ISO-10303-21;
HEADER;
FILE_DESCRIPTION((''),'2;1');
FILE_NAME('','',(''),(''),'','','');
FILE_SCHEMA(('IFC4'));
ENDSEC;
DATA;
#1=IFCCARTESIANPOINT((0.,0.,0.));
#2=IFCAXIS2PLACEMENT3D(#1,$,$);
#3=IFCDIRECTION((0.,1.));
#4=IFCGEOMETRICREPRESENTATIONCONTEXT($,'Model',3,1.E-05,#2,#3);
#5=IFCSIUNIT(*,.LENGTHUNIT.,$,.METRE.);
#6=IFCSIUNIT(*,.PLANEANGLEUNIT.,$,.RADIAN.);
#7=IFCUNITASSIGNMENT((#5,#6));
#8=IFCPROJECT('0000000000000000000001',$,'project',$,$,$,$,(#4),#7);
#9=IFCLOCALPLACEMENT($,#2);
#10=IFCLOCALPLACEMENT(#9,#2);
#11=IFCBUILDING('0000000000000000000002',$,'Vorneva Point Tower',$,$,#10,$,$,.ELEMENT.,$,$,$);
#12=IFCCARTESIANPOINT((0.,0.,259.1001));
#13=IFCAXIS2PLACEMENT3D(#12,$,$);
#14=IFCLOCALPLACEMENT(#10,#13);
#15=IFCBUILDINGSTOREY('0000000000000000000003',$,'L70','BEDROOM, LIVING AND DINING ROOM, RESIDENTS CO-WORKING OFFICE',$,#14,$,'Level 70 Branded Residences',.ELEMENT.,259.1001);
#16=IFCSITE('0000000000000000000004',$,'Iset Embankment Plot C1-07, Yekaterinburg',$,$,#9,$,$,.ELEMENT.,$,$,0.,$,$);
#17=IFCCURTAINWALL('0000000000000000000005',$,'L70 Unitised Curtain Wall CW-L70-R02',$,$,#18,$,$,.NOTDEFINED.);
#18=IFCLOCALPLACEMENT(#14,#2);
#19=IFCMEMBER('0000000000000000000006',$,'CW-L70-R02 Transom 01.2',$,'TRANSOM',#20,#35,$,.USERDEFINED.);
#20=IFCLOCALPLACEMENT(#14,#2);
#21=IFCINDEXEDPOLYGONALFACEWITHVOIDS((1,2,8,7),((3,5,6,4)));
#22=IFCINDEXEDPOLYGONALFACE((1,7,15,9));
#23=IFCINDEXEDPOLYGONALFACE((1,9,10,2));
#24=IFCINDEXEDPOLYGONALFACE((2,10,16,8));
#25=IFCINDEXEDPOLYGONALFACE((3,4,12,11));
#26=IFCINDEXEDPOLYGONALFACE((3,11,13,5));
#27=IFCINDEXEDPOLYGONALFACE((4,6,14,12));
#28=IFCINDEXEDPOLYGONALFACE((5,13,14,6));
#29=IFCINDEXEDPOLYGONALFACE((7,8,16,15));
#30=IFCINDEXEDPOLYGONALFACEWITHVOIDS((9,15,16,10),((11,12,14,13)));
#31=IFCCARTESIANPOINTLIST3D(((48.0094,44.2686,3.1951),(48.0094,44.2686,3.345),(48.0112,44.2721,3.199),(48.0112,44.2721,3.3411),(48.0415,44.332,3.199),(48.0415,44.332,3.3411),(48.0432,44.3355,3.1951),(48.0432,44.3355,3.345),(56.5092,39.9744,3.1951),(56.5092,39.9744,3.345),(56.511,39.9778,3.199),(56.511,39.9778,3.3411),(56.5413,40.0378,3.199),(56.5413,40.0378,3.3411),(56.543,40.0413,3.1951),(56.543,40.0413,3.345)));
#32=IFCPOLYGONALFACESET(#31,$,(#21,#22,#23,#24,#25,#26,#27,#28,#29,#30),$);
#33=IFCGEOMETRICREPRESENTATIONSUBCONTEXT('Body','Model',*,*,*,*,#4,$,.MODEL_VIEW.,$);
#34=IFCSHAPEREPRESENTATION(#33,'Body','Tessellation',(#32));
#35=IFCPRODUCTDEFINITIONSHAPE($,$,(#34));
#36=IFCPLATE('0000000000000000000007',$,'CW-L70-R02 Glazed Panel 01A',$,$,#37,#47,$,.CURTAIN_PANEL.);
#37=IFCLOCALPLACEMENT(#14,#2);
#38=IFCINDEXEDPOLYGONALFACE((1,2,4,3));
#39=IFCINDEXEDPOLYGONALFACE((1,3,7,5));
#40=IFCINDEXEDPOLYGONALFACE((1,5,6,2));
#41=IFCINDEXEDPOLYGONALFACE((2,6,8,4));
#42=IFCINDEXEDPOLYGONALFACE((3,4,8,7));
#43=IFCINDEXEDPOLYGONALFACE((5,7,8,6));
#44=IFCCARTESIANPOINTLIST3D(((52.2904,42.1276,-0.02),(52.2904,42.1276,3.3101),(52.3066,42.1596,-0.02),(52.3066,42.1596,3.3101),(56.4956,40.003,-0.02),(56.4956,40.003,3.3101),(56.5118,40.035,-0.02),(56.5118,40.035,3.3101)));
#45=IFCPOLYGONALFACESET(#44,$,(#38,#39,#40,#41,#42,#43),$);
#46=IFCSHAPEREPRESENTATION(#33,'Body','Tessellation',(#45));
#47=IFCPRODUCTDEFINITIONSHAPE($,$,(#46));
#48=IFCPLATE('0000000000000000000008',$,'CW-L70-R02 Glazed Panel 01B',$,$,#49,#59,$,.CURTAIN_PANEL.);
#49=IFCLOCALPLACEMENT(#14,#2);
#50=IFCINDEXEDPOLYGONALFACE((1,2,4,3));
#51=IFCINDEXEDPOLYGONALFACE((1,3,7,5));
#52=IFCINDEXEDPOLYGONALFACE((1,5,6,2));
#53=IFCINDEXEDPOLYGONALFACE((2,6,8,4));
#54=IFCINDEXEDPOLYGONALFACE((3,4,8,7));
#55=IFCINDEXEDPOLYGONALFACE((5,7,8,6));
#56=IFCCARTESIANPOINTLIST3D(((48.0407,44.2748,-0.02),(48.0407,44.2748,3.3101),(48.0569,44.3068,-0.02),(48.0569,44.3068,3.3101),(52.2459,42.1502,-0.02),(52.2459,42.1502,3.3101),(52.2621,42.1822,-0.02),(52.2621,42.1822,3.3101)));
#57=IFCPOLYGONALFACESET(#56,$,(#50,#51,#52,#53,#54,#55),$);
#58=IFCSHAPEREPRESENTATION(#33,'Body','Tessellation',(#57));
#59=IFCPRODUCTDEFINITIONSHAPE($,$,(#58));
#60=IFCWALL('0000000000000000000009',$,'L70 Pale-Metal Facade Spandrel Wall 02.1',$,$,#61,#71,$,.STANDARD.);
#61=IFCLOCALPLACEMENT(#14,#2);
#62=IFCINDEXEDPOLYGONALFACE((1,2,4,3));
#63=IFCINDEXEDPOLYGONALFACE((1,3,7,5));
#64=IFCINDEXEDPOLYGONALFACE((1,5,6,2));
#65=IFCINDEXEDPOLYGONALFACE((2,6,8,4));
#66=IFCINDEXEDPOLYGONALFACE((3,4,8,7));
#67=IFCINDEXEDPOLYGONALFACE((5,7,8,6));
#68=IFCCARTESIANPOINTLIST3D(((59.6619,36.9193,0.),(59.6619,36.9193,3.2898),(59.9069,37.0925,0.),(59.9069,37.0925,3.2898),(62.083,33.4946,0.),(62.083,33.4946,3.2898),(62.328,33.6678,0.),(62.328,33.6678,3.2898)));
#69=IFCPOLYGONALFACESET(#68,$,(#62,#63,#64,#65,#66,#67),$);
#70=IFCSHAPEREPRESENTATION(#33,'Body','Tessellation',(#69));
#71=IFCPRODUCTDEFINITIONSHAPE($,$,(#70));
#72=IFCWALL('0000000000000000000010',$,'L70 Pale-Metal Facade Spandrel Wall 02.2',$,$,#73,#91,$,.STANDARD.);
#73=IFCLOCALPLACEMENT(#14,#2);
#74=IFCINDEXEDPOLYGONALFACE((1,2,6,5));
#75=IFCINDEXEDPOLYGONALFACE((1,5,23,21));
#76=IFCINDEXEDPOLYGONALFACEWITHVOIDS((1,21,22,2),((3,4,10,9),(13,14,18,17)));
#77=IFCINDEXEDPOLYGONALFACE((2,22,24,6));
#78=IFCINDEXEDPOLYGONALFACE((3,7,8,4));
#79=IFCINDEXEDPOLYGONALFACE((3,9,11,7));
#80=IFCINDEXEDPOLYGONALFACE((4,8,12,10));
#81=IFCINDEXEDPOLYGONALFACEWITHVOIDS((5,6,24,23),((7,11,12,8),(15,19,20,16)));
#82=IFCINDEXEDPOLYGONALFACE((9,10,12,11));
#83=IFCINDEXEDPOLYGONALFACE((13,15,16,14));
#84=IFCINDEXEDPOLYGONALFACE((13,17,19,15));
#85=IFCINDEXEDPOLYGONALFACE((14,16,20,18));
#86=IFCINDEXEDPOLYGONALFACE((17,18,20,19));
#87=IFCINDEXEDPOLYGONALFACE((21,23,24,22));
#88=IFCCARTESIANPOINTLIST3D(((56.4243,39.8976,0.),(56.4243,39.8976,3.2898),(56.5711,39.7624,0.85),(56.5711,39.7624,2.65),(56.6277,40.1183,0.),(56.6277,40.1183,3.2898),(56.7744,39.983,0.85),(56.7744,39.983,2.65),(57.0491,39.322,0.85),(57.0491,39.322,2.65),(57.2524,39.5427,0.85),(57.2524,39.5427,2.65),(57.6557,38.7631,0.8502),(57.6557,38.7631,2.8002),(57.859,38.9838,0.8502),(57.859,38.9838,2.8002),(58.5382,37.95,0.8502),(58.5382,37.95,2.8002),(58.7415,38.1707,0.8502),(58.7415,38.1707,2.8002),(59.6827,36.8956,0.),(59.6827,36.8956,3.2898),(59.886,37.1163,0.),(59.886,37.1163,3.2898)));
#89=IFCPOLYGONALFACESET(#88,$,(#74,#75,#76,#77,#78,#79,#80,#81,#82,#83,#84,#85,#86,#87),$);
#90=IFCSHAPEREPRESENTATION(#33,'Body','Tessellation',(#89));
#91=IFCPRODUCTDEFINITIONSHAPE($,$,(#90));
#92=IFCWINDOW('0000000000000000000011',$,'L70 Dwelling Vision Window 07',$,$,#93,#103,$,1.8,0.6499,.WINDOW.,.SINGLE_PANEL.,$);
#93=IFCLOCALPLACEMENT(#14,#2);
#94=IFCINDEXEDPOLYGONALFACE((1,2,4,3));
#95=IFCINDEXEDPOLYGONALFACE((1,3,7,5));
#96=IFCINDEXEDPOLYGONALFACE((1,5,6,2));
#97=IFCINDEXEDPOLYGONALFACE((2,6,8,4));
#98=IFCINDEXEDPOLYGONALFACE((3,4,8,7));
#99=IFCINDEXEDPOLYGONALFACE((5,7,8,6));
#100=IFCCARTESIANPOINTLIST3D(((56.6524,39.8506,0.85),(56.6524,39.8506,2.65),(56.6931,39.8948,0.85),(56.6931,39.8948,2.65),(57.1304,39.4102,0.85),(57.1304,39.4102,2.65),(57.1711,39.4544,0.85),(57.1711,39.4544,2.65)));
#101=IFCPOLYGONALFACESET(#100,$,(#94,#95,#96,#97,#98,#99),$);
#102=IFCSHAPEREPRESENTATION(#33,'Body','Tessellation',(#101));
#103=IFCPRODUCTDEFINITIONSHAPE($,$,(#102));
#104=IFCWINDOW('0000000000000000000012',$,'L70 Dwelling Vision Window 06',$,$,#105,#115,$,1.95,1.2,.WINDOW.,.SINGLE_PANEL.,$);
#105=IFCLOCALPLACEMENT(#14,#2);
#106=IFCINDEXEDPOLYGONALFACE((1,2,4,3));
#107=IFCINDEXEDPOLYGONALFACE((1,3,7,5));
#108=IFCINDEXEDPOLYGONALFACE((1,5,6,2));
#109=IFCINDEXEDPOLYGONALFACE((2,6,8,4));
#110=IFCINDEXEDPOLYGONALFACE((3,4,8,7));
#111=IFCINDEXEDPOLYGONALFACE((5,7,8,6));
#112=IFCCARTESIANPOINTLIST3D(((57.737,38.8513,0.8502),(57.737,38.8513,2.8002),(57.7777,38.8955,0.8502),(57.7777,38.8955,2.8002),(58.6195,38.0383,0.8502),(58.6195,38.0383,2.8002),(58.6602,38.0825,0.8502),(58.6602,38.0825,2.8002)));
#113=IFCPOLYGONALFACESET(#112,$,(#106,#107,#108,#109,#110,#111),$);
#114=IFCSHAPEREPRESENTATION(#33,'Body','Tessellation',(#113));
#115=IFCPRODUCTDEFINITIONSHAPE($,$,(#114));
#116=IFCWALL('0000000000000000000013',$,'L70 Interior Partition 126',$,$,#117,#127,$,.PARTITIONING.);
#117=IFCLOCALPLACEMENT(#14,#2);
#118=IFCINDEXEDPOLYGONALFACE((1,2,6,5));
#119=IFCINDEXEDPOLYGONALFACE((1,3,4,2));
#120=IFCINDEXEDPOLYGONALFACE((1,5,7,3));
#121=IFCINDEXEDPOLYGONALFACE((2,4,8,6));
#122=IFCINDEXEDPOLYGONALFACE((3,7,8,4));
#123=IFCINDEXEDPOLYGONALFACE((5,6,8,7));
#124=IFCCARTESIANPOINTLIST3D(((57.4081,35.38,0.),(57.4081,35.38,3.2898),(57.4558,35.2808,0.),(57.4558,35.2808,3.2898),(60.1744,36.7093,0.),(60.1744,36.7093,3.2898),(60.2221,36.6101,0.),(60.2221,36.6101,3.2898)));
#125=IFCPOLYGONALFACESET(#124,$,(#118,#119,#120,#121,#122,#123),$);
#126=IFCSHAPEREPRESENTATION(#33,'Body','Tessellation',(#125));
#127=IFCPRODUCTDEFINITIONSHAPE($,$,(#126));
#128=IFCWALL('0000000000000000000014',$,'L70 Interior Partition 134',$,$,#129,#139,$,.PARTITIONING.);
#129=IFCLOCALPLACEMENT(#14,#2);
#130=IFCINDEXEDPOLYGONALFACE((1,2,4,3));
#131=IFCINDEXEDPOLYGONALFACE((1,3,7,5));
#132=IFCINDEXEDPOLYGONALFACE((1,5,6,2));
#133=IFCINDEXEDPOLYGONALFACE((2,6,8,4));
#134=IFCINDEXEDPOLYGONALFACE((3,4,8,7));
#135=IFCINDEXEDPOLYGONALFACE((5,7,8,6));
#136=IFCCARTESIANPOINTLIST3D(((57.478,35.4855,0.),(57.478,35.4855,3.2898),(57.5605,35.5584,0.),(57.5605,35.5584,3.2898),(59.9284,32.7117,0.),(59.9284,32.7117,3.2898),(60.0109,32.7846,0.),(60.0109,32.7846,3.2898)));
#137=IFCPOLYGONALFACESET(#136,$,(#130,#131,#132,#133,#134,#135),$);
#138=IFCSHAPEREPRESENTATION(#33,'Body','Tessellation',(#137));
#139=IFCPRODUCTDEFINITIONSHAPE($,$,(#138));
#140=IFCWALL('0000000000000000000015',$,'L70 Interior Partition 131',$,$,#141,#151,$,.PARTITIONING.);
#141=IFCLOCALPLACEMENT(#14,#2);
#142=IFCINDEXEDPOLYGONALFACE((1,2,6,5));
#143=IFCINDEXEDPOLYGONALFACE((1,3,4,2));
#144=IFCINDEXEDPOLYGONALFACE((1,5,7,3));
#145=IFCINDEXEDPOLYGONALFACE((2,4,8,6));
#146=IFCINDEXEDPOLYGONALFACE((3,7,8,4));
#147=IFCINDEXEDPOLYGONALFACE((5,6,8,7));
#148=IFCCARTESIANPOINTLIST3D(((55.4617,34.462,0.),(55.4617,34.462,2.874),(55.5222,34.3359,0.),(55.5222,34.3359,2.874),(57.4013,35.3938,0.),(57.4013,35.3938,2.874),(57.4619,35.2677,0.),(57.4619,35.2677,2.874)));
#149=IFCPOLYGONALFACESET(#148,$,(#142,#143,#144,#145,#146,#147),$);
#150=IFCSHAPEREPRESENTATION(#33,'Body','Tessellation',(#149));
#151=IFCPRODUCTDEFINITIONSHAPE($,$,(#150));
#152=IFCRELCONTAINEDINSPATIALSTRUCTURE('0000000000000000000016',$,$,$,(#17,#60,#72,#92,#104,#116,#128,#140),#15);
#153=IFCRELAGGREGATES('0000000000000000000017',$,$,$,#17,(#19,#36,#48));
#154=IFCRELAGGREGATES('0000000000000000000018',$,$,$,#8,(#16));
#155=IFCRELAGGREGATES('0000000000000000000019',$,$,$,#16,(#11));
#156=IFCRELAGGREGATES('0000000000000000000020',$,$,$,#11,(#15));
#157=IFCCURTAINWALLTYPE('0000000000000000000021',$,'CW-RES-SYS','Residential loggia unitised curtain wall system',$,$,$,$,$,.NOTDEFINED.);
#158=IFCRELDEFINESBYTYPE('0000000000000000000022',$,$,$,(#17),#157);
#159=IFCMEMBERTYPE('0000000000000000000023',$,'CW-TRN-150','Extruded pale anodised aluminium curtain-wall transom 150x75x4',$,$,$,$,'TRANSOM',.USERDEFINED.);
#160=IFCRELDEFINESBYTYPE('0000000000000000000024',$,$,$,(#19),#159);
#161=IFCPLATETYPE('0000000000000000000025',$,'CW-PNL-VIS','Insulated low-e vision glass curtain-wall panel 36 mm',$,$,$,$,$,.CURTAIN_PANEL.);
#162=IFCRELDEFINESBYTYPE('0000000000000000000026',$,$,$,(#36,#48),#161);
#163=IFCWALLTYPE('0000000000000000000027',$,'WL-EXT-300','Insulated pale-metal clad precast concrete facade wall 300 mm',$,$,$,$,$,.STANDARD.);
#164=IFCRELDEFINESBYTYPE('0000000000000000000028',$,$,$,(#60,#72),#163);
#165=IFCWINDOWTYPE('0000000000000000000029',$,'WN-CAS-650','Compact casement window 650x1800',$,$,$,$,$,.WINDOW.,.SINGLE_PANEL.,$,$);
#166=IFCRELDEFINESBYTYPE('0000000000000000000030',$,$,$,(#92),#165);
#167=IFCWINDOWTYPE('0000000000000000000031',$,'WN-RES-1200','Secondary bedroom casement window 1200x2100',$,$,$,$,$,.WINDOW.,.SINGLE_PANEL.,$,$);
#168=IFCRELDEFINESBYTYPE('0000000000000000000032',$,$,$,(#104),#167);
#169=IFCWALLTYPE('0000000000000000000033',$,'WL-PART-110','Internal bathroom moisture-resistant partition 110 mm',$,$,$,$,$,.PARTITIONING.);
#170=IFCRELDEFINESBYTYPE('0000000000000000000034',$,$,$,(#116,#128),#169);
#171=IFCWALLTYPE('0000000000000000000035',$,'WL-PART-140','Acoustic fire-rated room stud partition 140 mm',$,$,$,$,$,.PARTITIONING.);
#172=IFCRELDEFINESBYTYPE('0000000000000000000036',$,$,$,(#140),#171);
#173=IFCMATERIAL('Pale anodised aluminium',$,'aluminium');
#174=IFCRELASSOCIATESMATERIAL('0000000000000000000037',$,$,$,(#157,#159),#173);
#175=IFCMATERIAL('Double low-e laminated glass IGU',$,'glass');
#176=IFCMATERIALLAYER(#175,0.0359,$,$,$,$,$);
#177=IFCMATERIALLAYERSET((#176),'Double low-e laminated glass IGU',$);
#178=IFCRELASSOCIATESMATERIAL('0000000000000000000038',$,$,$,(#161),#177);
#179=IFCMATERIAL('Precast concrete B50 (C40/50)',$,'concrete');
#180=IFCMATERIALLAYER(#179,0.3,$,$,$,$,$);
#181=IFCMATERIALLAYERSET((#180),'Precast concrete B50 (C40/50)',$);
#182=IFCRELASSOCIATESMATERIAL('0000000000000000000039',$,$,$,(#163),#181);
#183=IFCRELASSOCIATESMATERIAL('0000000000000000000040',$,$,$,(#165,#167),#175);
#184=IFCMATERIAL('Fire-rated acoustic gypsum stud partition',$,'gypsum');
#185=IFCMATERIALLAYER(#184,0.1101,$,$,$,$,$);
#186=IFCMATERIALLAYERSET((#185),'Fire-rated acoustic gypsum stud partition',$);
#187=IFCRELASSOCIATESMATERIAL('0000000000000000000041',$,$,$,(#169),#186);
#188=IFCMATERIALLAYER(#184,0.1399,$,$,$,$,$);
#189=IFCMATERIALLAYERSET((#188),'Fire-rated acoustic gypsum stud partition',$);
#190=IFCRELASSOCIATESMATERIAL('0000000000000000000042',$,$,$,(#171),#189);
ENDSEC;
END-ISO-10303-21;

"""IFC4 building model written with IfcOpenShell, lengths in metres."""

from ifc_helpers import new_model, si_unit, direction, frame, frame_2d, origin, origin_2d, place, context, subcontext, project, spatial, rectangle, hollow_rectangle, extrude, material, layer, layer_set, material_profile, profile_set, type_object, element, fill, aggregate, save


model = new_model("IFC4")

# Units and contexts
model_context = context("Model", 3, precision=1e-05, world=origin(), true_north=direction((0.0, 1.0)))
body_context = subcontext(model_context, "Body", "Model", "MODEL_VIEW")
ifc_project = project(units=[si_unit("LENGTHUNIT", "METRE"), si_unit("PLANEANGLEUNIT", "RADIAN")], contexts=[model_context])

# Site, building, storey
site_placement = place(None, origin())
site = spatial("IfcSite", under=ifc_project, at=site_placement, Name="Iset Embankment Plot C1-07, Yekaterinburg", CompositionType="ELEMENT", RefElevation=0.0)
building_placement = place(site_placement, origin())
building = spatial("IfcBuilding", under=site, at=building_placement, Name="Vorneva Point Tower", CompositionType="ELEMENT")
storey_placement = place(building_placement, frame((0.0, 0.0, 259.1001)))
storey = spatial("IfcBuildingStorey", under=building, at=storey_placement, Name="L70", Description="BEDROOM, LIVING AND DINING ROOM, RESIDENTS CO-WORKING OFFICE", LongName="Level 70 Branded Residences", CompositionType="ELEMENT", Elevation=259.1001)

# Shared definitions
ifc_material_1 = material(Name="Pale anodised aluminium", Category="aluminium")
curtain_wall_type = type_object("IfcCurtainWallType", Name="CW-RES-SYS", Description="Residential loggia unitised curtain wall system", PredefinedType="NOTDEFINED", material=ifc_material_1)

# Curtain wall, member, plates
curtain_wall_1_placement = place(storey_placement, origin())
curtain_wall_1 = element("IfcCurtainWall", 1, at=curtain_wall_1_placement, inside=storey, type_object=curtain_wall_type, Name="L70 Unitised Curtain Wall CW-L70-R02", PredefinedType="NOTDEFINED")
ifc_material_profile_1 = material_profile(ifc_material_1, hollow_rectangle(XDim=0.075, YDim=0.1499, WallThickness=0.0039, at=origin_2d()), Name="AL-TRN 150x75x4")
ifc_profile_set_1 = profile_set([ifc_material_profile_1], Name="Pale anodised aluminium")
member_type_1 = type_object("IfcMemberType", Name="CW-TRN-150", Description="Extruded pale anodised aluminium curtain-wall transom 150x75x4", ElementType="TRANSOM", PredefinedType="USERDEFINED", material=ifc_profile_set_1)
member_1_placement = place(storey_placement, frame((56.5261, 40.0078, 3.27), z_axis=(-0.892558, 0.450932, 0.0), x_axis=(-0.450932, -0.892558, 0.0)))
member_1 = element("IfcMember", 2, at=member_1_placement, type_object=member_type_1, Name="CW-L70-R02 Transom 01.2", ObjectType="TRANSOM", PredefinedType="USERDEFINED", context=body_context, shape_type="SweptSolid", body=[
    extrude(hollow_rectangle(XDim=0.075, YDim=0.1499, WallThickness=0.0039, at=origin_2d()), origin(), (0.0, 0.0, 1.0), 9.5229),
])
ifc_material_2 = material(Name="Double low-e laminated glass IGU", Category="glass")
ifc_layer_1 = layer(ifc_material_2, 0.0359)
ifc_layer_set_1 = layer_set([ifc_layer_1], Name="Double low-e laminated glass IGU")
plate_type = type_object("IfcPlateType", Name="CW-PNL-VIS", Description="Insulated low-e vision glass curtain-wall panel 36 mm", PredefinedType="CURTAIN_PANEL", material=ifc_layer_set_1)
plate_1_placement = place(storey_placement, frame((54.4011, 41.0813, -0.02), z_axis=(0.0, 0.0, 1.0), x_axis=(-0.892554, 0.45094, 0.0)))
plate_1 = element("IfcPlate", 3, at=plate_1_placement, type_object=plate_type, Name="CW-L70-R02 Glazed Panel 01A", PredefinedType="CURTAIN_PANEL", context=body_context, shape_type="SweptSolid", body=[
    extrude(rectangle(XDim=4.7114, YDim=0.0359, at=origin_2d()), origin(), (0.0, 0.0, 1.0), 3.3301),
])
plate_2_placement = place(storey_placement, frame((50.1514, 43.2285, -0.02), z_axis=(0.0, 0.0, 1.0), x_axis=(-0.892554, 0.45094, 0.0)))
plate_2 = element("IfcPlate", 4, at=plate_2_placement, type_object=plate_type, Name="CW-L70-R02 Glazed Panel 01B", PredefinedType="CURTAIN_PANEL", context=body_context, shape_type="SweptSolid", body=[
    extrude(rectangle(XDim=4.7114, YDim=0.0359, at=origin_2d()), origin(), (0.0, 0.0, 1.0), 3.3301),
])
aggregate(curtain_wall_1, [member_1, plate_1, plate_2])

# Wall
ifc_material_3 = material(Name="Precast concrete B50 (C40/50)", Category="concrete")
ifc_layer_2 = layer(ifc_material_3, 0.3)
ifc_layer_set_2 = layer_set([ifc_layer_2], Name="Precast concrete B50 (C40/50)")
wall_type_1 = type_object("IfcWallType", Name="WL-EXT-300", Description="Insulated pale-metal clad precast concrete facade wall 300 mm", PredefinedType="STANDARD", material=ifc_layer_set_2)
wall_1_placement = place(storey_placement, frame((62.2056, 33.5811, 0.0), z_axis=(0.0, 0.0, 1.0), x_axis=(-0.577261, 0.81656, 0.0)))
element("IfcWall", 5, at=wall_1_placement, inside=storey, type_object=wall_type_1, Name="L70 Pale-Metal Facade Spandrel Wall 02.1", PredefinedType="STANDARD", context=body_context, shape_type="SweptSolid", body=[
    extrude(rectangle(XDim=4.1941, YDim=0.3, at=frame_2d((2.0972, 0.0))), origin(), (0.0, 0.0, 1.0), 3.2898),
])

# Wall, openings, windows
wall_2_placement = place(storey_placement, frame((59.7844, 37.0059, 0.0), z_axis=(0.0, 0.0, 1.0), x_axis=(-0.735445, 0.677584, 0.0)))
wall_2 = element("IfcWall", 6, at=wall_2_placement, inside=storey, type_object=wall_type_1, Name="L70 Pale-Metal Facade Spandrel Wall 02.2", PredefinedType="STANDARD", context=body_context, shape_type="SweptSolid", body=[
    extrude(rectangle(XDim=4.4304, YDim=0.3, at=frame_2d((2.2153, 0.0))), origin(), (0.0, 0.0, 1.0), 3.2898),
])
opening_1_placement = place(wall_2_placement, frame((1.5562, 0.0, 0.8501)))
opening_1 = element("IfcOpeningElement", 7, at=opening_1_placement, cuts=wall_2, PredefinedType="OPENING", context=body_context, shape_type="SweptSolid", body=[
    extrude(rectangle(XDim=1.2, YDim=1.95, at=frame_2d((0.6001, 0.9751))), frame((0.0, 0.165, 0.0), z_axis=(0.0, -1.0, 0.0), x_axis=(1.0, 0.0, 0.0)), (0.0, 0.0, 1.0), 0.3298),
])
opening_2_placement = place(wall_2_placement, frame((3.5811, 0.0, 0.8501)))
opening_2 = element("IfcOpeningElement", 8, at=opening_2_placement, cuts=wall_2, PredefinedType="OPENING", context=body_context, shape_type="SweptSolid", body=[
    extrude(rectangle(XDim=0.6499, YDim=1.8, at=frame_2d((0.325, 0.8999))), frame((0.0, 0.165, 0.0), z_axis=(0.0, -1.0, 0.0), x_axis=(1.0, 0.0, 0.0)), (0.0, 0.0, 1.0), 0.3298),
])
window_type_1 = type_object("IfcWindowType", Name="WN-CAS-650", Description="Compact casement window 650x1800", PartitioningType="SINGLE_PANEL", PredefinedType="WINDOW", material=ifc_material_2)
window_1_placement = place(opening_2_placement, origin())
window_1 = element("IfcWindow", 9, at=window_1_placement, inside=storey, type_object=window_type_1, Name="L70 Dwelling Vision Window 07", OverallHeight=1.8, OverallWidth=0.6499, PartitioningType="SINGLE_PANEL", PredefinedType="WINDOW", context=body_context, shape_type="SweptSolid", body=[
    extrude(rectangle(XDim=0.6499, YDim=1.8, at=frame_2d((0.325, 0.8999))), frame((0.0, 0.03, 0.0), z_axis=(0.0, -1.0, 0.0), x_axis=(1.0, 0.0, 0.0)), (0.0, 0.0, 1.0), 0.0601),
])
fill(opening_2, window_1)
window_type_2 = type_object("IfcWindowType", Name="WN-RES-1200", Description="Secondary bedroom casement window 1200x2100", PartitioningType="SINGLE_PANEL", PredefinedType="WINDOW", material=ifc_material_2)
window_2_placement = place(opening_1_placement, origin())
window_2 = element("IfcWindow", 10, at=window_2_placement, inside=storey, type_object=window_type_2, Name="L70 Dwelling Vision Window 06", OverallHeight=1.95, OverallWidth=1.2, PartitioningType="SINGLE_PANEL", PredefinedType="WINDOW", context=body_context, shape_type="SweptSolid", body=[
    extrude(rectangle(XDim=1.2, YDim=1.95, at=frame_2d((0.6001, 0.9751))), frame((0.0, 0.03, 0.0), z_axis=(0.0, -1.0, 0.0), x_axis=(1.0, 0.0, 0.0)), (0.0, 0.0, 1.0), 0.0601),
])
fill(opening_1, window_2)

# Walls
ifc_material_4 = material(Name="Fire-rated acoustic gypsum stud partition", Category="gypsum")
ifc_layer_3 = layer(ifc_material_4, 0.1101)
ifc_layer_set_3 = layer_set([ifc_layer_3], Name="Fire-rated acoustic gypsum stud partition")
wall_type_2 = type_object("IfcWallType", Name="WL-PART-110", Description="Internal bathroom moisture-resistant partition 110 mm", PredefinedType="PARTITIONING", material=ifc_layer_set_3)
wall_3_placement = place(storey_placement, frame((57.4319, 35.3303, 0.0), z_axis=(0.0, 0.0, 1.0), x_axis=(0.901333, 0.433127, 0.0)))
element("IfcWall", 11, at=wall_3_placement, inside=storey, type_object=wall_type_2, Name="L70 Interior Partition 126", PredefinedType="PARTITIONING", context=body_context, shape_type="SweptSolid", body=[
    extrude(rectangle(XDim=3.0691, YDim=0.1101, at=frame_2d((1.5347, 0.0))), origin(), (0.0, 0.0, 1.0), 3.2898),
])
wall_4_placement = place(storey_placement, frame((57.5193, 35.522, 0.0), z_axis=(0.0, 0.0, 1.0), x_axis=(0.662056, -0.749455, 0.0)))
element("IfcWall", 12, at=wall_4_placement, inside=storey, type_object=wall_type_2, Name="L70 Interior Partition 134", PredefinedType="PARTITIONING", context=body_context, shape_type="SweptSolid", body=[
    extrude(rectangle(XDim=3.7012, YDim=0.1101, at=frame_2d((1.8506, 0.0))), origin(), (0.0, 0.0, 1.0), 3.2898),
])
ifc_layer_4 = layer(ifc_material_4, 0.1399)
ifc_layer_set_4 = layer_set([ifc_layer_4], Name="Fire-rated acoustic gypsum stud partition")
wall_type_3 = type_object("IfcWallType", Name="WL-PART-140", Description="Acoustic fire-rated room stud partition 140 mm", PredefinedType="PARTITIONING", material=ifc_layer_set_4)
wall_5_placement = place(storey_placement, frame((55.4919, 34.3989, 0.0), z_axis=(0.0, 0.0, 1.0), x_axis=(0.901373, 0.433045, 0.0)))
element("IfcWall", 13, at=wall_5_placement, inside=storey, type_object=wall_type_3, Name="L70 Interior Partition 131", PredefinedType="PARTITIONING", context=body_context, shape_type="SweptSolid", body=[
    extrude(rectangle(XDim=2.1519, YDim=0.1399, at=frame_2d((1.0759, 0.0))), origin(), (0.0, 0.0, 1.0), 2.874),
])

save(model, "model.ifc")
